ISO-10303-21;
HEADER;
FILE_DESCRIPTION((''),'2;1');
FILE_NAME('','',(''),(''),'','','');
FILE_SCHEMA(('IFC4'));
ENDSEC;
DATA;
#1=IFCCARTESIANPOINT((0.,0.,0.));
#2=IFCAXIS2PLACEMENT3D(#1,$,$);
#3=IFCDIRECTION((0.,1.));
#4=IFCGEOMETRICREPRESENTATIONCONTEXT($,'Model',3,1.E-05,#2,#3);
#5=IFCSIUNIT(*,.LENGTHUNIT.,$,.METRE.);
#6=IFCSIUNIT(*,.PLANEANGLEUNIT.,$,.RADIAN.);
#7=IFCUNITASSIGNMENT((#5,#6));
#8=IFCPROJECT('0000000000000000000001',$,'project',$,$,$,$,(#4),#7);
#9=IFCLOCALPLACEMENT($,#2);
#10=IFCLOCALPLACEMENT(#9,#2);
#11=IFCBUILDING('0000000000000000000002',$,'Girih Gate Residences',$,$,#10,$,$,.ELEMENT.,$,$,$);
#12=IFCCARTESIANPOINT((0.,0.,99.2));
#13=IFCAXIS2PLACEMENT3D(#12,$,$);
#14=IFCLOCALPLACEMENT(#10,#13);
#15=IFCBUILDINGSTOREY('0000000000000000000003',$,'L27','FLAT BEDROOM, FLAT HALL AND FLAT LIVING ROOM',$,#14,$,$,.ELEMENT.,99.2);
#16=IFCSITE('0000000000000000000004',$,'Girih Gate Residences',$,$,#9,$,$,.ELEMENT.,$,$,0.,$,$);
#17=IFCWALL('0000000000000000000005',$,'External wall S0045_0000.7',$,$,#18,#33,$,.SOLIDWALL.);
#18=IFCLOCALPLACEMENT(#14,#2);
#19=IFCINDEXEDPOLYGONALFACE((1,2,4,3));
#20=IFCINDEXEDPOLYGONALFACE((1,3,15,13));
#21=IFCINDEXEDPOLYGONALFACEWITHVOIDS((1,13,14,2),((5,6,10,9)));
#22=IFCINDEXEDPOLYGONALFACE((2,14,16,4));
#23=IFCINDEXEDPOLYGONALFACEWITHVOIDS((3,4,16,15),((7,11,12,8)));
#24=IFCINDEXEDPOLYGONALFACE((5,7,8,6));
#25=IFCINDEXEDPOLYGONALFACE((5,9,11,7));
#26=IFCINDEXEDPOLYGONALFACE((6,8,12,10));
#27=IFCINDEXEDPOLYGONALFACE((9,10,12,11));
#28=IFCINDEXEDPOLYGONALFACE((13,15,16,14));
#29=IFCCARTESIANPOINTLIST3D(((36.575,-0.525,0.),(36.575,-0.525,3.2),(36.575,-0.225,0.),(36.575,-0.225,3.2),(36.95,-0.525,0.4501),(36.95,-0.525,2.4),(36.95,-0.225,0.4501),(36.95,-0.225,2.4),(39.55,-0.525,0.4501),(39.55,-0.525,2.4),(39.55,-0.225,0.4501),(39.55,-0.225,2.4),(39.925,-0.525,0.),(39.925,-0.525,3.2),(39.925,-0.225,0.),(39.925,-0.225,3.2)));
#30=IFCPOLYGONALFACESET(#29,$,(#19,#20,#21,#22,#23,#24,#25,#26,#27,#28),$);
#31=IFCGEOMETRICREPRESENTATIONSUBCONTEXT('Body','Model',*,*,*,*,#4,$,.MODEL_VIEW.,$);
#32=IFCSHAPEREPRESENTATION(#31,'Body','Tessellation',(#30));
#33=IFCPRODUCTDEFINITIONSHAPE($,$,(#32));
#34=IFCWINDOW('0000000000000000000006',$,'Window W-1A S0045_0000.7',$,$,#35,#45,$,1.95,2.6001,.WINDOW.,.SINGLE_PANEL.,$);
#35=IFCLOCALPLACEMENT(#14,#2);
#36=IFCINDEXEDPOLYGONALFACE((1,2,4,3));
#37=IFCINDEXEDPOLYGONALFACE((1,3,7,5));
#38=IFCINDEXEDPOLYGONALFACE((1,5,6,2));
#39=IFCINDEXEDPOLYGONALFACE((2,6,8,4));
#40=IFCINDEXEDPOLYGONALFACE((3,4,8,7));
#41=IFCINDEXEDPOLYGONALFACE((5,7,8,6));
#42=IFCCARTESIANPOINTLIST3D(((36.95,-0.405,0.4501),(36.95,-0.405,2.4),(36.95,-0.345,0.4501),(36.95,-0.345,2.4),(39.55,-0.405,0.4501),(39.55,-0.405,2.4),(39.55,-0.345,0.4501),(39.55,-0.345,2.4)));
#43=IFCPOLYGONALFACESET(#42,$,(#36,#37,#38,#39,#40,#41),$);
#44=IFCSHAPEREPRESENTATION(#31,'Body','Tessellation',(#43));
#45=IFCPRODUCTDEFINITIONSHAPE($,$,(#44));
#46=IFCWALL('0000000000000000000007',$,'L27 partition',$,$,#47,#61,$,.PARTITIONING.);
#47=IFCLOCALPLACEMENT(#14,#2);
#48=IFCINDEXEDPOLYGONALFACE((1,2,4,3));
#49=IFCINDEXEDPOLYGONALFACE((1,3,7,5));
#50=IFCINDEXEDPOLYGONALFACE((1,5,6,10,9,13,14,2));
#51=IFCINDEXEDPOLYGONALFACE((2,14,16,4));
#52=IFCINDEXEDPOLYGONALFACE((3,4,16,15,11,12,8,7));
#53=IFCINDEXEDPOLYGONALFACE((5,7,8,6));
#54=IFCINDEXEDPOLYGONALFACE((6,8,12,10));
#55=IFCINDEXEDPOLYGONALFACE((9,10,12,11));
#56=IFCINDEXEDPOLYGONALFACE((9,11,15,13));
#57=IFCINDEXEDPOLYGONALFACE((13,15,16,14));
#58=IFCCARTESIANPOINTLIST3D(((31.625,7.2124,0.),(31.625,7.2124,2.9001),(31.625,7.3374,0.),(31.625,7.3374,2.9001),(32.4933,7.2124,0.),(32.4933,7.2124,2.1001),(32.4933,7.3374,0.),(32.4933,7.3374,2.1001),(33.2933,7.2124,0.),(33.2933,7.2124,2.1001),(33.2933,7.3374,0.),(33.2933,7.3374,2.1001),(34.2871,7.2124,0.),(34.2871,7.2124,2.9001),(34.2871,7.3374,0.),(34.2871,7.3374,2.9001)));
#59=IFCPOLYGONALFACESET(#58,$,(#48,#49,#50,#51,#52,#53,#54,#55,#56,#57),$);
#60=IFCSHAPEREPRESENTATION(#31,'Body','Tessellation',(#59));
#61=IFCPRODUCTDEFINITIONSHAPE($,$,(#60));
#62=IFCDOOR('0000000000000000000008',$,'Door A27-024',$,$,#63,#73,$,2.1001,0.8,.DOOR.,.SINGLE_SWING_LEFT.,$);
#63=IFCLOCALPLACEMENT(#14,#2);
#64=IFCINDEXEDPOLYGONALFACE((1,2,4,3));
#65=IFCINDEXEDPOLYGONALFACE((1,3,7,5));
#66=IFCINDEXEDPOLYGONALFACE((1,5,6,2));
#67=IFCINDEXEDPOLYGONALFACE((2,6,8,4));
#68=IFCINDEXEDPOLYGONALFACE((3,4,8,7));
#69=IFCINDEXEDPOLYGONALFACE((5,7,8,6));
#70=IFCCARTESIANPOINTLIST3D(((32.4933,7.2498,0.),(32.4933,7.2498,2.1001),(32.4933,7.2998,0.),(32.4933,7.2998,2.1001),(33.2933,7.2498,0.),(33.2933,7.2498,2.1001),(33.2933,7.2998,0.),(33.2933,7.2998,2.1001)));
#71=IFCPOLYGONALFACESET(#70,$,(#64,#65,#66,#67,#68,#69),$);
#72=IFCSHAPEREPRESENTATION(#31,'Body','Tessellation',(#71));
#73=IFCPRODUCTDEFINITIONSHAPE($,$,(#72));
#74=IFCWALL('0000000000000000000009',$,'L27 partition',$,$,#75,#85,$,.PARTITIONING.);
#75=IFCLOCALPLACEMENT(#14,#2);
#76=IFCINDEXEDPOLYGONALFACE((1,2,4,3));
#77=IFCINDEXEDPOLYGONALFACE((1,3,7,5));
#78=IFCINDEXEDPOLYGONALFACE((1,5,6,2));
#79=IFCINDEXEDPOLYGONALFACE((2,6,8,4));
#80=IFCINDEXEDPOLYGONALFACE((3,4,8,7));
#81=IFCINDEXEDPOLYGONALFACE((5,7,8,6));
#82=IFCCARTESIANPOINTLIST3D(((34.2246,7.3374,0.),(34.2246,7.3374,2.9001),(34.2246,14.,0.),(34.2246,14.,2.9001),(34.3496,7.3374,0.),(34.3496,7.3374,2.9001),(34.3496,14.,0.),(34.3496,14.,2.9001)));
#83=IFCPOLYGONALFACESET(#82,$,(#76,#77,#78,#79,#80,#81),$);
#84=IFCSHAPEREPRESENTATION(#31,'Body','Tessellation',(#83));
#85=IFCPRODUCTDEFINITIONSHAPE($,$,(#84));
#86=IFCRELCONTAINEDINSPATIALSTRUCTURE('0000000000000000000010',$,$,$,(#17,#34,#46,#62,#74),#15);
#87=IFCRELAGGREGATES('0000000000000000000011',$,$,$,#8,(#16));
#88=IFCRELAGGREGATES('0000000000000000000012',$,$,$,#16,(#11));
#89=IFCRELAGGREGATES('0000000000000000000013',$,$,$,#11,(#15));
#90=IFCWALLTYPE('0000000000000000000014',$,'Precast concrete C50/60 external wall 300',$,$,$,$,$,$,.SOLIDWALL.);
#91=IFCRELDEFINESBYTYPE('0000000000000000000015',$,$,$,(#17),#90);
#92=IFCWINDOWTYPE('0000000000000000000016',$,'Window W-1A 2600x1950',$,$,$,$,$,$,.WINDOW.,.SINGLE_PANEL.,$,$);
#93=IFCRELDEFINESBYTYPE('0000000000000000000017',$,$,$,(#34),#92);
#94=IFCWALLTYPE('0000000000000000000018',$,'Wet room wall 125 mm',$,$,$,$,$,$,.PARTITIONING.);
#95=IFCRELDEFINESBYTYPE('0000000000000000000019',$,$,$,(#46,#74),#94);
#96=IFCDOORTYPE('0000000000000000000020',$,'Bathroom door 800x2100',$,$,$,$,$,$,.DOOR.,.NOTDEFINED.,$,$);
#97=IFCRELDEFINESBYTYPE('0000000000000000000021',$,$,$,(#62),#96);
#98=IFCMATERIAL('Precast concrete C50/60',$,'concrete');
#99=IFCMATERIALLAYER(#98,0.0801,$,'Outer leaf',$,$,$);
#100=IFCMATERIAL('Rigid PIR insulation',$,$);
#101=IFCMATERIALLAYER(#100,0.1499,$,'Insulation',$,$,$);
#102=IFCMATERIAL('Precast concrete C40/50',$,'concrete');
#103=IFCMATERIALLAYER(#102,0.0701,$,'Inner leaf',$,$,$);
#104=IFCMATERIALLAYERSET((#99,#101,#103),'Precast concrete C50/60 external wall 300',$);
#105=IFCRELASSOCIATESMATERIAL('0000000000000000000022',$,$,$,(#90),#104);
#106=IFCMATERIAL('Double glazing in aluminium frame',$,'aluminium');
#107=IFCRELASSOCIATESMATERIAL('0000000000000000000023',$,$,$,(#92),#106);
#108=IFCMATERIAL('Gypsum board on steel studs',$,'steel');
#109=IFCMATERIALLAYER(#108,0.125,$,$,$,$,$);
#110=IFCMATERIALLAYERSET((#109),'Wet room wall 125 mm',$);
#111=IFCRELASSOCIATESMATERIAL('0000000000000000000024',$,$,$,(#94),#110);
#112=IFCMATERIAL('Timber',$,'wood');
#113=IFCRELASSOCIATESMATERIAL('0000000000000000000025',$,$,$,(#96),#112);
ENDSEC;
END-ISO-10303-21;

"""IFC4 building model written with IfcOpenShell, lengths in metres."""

from ifc_helpers import new_model, si_unit, direction, frame, frame_2d, origin, place, context, subcontext, project, spatial, rectangle, extrude, material, layer, layer_set, type_object, element, fill, save


model = new_model("IFC4")

# Units and contexts
model_context = context("Model", 3, precision=1e-05, world=origin(), true_north=direction((0.0, 1.0)))
body_context = subcontext(model_context, "Body", "Model", "MODEL_VIEW")
ifc_project = project(units=[si_unit("LENGTHUNIT", "METRE"), si_unit("PLANEANGLEUNIT", "RADIAN")], contexts=[model_context])

# Site, building, storey
site_placement = place(None, origin())
site = spatial("IfcSite", under=ifc_project, at=site_placement, Name="Girih Gate Residences", CompositionType="ELEMENT", RefElevation=0.0)
building_placement = place(site_placement, origin())
building = spatial("IfcBuilding", under=site, at=building_placement, Name="Girih Gate Residences", CompositionType="ELEMENT")
storey_placement = place(building_placement, frame((0.0, 0.0, 99.2)))
storey = spatial("IfcBuildingStorey", under=building, at=storey_placement, Name="L27", Description="FLAT BEDROOM, FLAT HALL AND FLAT LIVING ROOM", CompositionType="ELEMENT", Elevation=99.2)

# Shared definitions
ifc_material_1 = material(Name="Gypsum board on steel studs", Category="steel")

# Shared definitions
ifc_material_2 = material(Name="Timber", Category="wood")

# Wall, opening, window
ifc_material_3 = material(Name="Precast concrete C50/60", Category="concrete")
ifc_layer_1 = layer(ifc_material_3, 0.0801, Name="Outer leaf")
ifc_material_4 = material(Name="Rigid PIR insulation")
ifc_layer_2 = layer(ifc_material_4, 0.1499, Name="Insulation")
ifc_material_5 = material(Name="Precast concrete C40/50", Category="concrete")
ifc_layer_3 = layer(ifc_material_5, 0.0701, Name="Inner leaf")
ifc_layer_set_1 = layer_set([ifc_layer_1, ifc_layer_2, ifc_layer_3], Name="Precast concrete C50/60 external wall 300")
wall_type_1 = type_object("IfcWallType", Name="Precast concrete C50/60 external wall 300", PredefinedType="SOLIDWALL", material=ifc_layer_set_1)
ifc_material_6 = material(Name="Double glazing in aluminium frame", Category="aluminium")
window_type = type_object("IfcWindowType", Name="Window W-1A 2600x1950", PartitioningType="SINGLE_PANEL", PredefinedType="WINDOW", material=ifc_material_6)
wall_1_placement = place(storey_placement, frame((39.925, -0.375, 0.0), z_axis=(0.0, 0.0, 1.0), x_axis=(-1.0, 0.0, 0.0)))
wall_1 = element("IfcWall", 1, at=wall_1_placement, inside=storey, type_object=wall_type_1, Name="External wall S0045_0000.7", PredefinedType="SOLIDWALL", context=body_context, shape_type="SweptSolid", body=[
    extrude(rectangle(XDim=3.3501, YDim=0.3, at=frame_2d((1.675, 0.0))), origin(), (0.0, 0.0, 1.0), 3.2),
])
opening_1_placement = place(wall_1_placement, frame((0.375, 0.0, 0.45)))
opening_1 = element("IfcOpeningElement", 2, at=opening_1_placement, cuts=wall_1, PredefinedType="OPENING", context=body_context, shape_type="SweptSolid", body=[
    extrude(rectangle(XDim=2.6001, YDim=1.95, at=frame_2d((1.3, 0.9751))), frame((0.0, 0.1599, 0.0), z_axis=(0.0, -1.0, 0.0), x_axis=(1.0, 0.0, 0.0)), (0.0, 0.0, 1.0), 0.3201),
])
window_1_placement = place(opening_1_placement, origin())
window_1 = element("IfcWindow", 3, at=window_1_placement, inside=storey, type_object=window_type, Name="Window W-1A S0045_0000.7", OverallHeight=1.95, OverallWidth=2.6001, PartitioningType="SINGLE_PANEL", PredefinedType="WINDOW", context=body_context, shape_type="SweptSolid", body=[
    extrude(rectangle(XDim=2.6001, YDim=1.95, at=frame_2d((1.3, 0.9751))), frame((0.0, 0.03, 0.0), z_axis=(0.0, -1.0, 0.0), x_axis=(1.0, 0.0, 0.0)), (0.0, 0.0, 1.0), 0.0601),
])
fill(opening_1, window_1)

# Wall, opening, door
ifc_layer_4 = layer(ifc_material_1, 0.125)
ifc_layer_set_2 = layer_set([ifc_layer_4], Name="Wet room wall 125 mm")
wall_type_2 = type_object("IfcWallType", Name="Wet room wall 125 mm", PredefinedType="PARTITIONING", material=ifc_layer_set_2)
wall_2_placement = place(storey_placement, frame((31.625, 7.2749, 0.0), z_axis=(0.0, 0.0, 1.0), x_axis=(1.0, 0.0, 0.0)))
wall_2 = element("IfcWall", 4, at=wall_2_placement, inside=storey, type_object=wall_type_2, Name="L27 partition", PredefinedType="PARTITIONING", context=body_context, shape_type="SweptSolid", body=[
    extrude(rectangle(XDim=2.6621, YDim=0.125, at=frame_2d((1.3311, 0.0))), origin(), (0.0, 0.0, 1.0), 2.9001),
])
opening_2_placement = place(wall_2_placement, frame((0.8684, 0.0, 0.0)))
opening_2 = element("IfcOpeningElement", 5, at=opening_2_placement, cuts=wall_2, PredefinedType="OPENING", context=body_context, shape_type="SweptSolid", body=[
    extrude(rectangle(XDim=0.8, YDim=2.1001, at=frame_2d((0.3999, 1.05))), frame((0.0, 0.0725, 0.0), z_axis=(0.0, -1.0, 0.0), x_axis=(1.0, 0.0, 0.0)), (0.0, 0.0, 1.0), 0.145),
])
door_type_1 = type_object("IfcDoorType", Name="Bathroom door 800x2100", OperationType="NOTDEFINED", PredefinedType="DOOR", material=ifc_material_2)
door_1_placement = place(opening_2_placement, origin())
door_1 = element("IfcDoor", 6, at=door_1_placement, inside=storey, type_object=door_type_1, Name="Door A27-024", OperationType="SINGLE_SWING_LEFT", OverallHeight=2.1001, OverallWidth=0.8, PredefinedType="DOOR", context=body_context, shape_type="SweptSolid", body=[
    extrude(rectangle(XDim=0.8, YDim=2.1001, at=frame_2d((0.3999, 1.05))), frame((0.0, 0.0249, 0.0), z_axis=(0.0, -1.0, 0.0), x_axis=(1.0, 0.0, 0.0)), (0.0, 0.0, 1.0), 0.05),
])
fill(opening_2, door_1)

# Wall
wall_3_placement = place(storey_placement, frame((34.2871, 7.3374, 0.0), z_axis=(0.0, 0.0, 1.0), x_axis=(0.0, 1.0, 0.0)))
element("IfcWall", 7, at=wall_3_placement, inside=storey, type_object=wall_type_2, Name="L27 partition", PredefinedType="PARTITIONING", context=body_context, shape_type="SweptSolid", body=[
    extrude(rectangle(XDim=6.6626, YDim=0.125, at=frame_2d((3.3313, 0.0))), origin(), (0.0, 0.0, 1.0), 2.9001),
])

save(model, "model.ifc")
